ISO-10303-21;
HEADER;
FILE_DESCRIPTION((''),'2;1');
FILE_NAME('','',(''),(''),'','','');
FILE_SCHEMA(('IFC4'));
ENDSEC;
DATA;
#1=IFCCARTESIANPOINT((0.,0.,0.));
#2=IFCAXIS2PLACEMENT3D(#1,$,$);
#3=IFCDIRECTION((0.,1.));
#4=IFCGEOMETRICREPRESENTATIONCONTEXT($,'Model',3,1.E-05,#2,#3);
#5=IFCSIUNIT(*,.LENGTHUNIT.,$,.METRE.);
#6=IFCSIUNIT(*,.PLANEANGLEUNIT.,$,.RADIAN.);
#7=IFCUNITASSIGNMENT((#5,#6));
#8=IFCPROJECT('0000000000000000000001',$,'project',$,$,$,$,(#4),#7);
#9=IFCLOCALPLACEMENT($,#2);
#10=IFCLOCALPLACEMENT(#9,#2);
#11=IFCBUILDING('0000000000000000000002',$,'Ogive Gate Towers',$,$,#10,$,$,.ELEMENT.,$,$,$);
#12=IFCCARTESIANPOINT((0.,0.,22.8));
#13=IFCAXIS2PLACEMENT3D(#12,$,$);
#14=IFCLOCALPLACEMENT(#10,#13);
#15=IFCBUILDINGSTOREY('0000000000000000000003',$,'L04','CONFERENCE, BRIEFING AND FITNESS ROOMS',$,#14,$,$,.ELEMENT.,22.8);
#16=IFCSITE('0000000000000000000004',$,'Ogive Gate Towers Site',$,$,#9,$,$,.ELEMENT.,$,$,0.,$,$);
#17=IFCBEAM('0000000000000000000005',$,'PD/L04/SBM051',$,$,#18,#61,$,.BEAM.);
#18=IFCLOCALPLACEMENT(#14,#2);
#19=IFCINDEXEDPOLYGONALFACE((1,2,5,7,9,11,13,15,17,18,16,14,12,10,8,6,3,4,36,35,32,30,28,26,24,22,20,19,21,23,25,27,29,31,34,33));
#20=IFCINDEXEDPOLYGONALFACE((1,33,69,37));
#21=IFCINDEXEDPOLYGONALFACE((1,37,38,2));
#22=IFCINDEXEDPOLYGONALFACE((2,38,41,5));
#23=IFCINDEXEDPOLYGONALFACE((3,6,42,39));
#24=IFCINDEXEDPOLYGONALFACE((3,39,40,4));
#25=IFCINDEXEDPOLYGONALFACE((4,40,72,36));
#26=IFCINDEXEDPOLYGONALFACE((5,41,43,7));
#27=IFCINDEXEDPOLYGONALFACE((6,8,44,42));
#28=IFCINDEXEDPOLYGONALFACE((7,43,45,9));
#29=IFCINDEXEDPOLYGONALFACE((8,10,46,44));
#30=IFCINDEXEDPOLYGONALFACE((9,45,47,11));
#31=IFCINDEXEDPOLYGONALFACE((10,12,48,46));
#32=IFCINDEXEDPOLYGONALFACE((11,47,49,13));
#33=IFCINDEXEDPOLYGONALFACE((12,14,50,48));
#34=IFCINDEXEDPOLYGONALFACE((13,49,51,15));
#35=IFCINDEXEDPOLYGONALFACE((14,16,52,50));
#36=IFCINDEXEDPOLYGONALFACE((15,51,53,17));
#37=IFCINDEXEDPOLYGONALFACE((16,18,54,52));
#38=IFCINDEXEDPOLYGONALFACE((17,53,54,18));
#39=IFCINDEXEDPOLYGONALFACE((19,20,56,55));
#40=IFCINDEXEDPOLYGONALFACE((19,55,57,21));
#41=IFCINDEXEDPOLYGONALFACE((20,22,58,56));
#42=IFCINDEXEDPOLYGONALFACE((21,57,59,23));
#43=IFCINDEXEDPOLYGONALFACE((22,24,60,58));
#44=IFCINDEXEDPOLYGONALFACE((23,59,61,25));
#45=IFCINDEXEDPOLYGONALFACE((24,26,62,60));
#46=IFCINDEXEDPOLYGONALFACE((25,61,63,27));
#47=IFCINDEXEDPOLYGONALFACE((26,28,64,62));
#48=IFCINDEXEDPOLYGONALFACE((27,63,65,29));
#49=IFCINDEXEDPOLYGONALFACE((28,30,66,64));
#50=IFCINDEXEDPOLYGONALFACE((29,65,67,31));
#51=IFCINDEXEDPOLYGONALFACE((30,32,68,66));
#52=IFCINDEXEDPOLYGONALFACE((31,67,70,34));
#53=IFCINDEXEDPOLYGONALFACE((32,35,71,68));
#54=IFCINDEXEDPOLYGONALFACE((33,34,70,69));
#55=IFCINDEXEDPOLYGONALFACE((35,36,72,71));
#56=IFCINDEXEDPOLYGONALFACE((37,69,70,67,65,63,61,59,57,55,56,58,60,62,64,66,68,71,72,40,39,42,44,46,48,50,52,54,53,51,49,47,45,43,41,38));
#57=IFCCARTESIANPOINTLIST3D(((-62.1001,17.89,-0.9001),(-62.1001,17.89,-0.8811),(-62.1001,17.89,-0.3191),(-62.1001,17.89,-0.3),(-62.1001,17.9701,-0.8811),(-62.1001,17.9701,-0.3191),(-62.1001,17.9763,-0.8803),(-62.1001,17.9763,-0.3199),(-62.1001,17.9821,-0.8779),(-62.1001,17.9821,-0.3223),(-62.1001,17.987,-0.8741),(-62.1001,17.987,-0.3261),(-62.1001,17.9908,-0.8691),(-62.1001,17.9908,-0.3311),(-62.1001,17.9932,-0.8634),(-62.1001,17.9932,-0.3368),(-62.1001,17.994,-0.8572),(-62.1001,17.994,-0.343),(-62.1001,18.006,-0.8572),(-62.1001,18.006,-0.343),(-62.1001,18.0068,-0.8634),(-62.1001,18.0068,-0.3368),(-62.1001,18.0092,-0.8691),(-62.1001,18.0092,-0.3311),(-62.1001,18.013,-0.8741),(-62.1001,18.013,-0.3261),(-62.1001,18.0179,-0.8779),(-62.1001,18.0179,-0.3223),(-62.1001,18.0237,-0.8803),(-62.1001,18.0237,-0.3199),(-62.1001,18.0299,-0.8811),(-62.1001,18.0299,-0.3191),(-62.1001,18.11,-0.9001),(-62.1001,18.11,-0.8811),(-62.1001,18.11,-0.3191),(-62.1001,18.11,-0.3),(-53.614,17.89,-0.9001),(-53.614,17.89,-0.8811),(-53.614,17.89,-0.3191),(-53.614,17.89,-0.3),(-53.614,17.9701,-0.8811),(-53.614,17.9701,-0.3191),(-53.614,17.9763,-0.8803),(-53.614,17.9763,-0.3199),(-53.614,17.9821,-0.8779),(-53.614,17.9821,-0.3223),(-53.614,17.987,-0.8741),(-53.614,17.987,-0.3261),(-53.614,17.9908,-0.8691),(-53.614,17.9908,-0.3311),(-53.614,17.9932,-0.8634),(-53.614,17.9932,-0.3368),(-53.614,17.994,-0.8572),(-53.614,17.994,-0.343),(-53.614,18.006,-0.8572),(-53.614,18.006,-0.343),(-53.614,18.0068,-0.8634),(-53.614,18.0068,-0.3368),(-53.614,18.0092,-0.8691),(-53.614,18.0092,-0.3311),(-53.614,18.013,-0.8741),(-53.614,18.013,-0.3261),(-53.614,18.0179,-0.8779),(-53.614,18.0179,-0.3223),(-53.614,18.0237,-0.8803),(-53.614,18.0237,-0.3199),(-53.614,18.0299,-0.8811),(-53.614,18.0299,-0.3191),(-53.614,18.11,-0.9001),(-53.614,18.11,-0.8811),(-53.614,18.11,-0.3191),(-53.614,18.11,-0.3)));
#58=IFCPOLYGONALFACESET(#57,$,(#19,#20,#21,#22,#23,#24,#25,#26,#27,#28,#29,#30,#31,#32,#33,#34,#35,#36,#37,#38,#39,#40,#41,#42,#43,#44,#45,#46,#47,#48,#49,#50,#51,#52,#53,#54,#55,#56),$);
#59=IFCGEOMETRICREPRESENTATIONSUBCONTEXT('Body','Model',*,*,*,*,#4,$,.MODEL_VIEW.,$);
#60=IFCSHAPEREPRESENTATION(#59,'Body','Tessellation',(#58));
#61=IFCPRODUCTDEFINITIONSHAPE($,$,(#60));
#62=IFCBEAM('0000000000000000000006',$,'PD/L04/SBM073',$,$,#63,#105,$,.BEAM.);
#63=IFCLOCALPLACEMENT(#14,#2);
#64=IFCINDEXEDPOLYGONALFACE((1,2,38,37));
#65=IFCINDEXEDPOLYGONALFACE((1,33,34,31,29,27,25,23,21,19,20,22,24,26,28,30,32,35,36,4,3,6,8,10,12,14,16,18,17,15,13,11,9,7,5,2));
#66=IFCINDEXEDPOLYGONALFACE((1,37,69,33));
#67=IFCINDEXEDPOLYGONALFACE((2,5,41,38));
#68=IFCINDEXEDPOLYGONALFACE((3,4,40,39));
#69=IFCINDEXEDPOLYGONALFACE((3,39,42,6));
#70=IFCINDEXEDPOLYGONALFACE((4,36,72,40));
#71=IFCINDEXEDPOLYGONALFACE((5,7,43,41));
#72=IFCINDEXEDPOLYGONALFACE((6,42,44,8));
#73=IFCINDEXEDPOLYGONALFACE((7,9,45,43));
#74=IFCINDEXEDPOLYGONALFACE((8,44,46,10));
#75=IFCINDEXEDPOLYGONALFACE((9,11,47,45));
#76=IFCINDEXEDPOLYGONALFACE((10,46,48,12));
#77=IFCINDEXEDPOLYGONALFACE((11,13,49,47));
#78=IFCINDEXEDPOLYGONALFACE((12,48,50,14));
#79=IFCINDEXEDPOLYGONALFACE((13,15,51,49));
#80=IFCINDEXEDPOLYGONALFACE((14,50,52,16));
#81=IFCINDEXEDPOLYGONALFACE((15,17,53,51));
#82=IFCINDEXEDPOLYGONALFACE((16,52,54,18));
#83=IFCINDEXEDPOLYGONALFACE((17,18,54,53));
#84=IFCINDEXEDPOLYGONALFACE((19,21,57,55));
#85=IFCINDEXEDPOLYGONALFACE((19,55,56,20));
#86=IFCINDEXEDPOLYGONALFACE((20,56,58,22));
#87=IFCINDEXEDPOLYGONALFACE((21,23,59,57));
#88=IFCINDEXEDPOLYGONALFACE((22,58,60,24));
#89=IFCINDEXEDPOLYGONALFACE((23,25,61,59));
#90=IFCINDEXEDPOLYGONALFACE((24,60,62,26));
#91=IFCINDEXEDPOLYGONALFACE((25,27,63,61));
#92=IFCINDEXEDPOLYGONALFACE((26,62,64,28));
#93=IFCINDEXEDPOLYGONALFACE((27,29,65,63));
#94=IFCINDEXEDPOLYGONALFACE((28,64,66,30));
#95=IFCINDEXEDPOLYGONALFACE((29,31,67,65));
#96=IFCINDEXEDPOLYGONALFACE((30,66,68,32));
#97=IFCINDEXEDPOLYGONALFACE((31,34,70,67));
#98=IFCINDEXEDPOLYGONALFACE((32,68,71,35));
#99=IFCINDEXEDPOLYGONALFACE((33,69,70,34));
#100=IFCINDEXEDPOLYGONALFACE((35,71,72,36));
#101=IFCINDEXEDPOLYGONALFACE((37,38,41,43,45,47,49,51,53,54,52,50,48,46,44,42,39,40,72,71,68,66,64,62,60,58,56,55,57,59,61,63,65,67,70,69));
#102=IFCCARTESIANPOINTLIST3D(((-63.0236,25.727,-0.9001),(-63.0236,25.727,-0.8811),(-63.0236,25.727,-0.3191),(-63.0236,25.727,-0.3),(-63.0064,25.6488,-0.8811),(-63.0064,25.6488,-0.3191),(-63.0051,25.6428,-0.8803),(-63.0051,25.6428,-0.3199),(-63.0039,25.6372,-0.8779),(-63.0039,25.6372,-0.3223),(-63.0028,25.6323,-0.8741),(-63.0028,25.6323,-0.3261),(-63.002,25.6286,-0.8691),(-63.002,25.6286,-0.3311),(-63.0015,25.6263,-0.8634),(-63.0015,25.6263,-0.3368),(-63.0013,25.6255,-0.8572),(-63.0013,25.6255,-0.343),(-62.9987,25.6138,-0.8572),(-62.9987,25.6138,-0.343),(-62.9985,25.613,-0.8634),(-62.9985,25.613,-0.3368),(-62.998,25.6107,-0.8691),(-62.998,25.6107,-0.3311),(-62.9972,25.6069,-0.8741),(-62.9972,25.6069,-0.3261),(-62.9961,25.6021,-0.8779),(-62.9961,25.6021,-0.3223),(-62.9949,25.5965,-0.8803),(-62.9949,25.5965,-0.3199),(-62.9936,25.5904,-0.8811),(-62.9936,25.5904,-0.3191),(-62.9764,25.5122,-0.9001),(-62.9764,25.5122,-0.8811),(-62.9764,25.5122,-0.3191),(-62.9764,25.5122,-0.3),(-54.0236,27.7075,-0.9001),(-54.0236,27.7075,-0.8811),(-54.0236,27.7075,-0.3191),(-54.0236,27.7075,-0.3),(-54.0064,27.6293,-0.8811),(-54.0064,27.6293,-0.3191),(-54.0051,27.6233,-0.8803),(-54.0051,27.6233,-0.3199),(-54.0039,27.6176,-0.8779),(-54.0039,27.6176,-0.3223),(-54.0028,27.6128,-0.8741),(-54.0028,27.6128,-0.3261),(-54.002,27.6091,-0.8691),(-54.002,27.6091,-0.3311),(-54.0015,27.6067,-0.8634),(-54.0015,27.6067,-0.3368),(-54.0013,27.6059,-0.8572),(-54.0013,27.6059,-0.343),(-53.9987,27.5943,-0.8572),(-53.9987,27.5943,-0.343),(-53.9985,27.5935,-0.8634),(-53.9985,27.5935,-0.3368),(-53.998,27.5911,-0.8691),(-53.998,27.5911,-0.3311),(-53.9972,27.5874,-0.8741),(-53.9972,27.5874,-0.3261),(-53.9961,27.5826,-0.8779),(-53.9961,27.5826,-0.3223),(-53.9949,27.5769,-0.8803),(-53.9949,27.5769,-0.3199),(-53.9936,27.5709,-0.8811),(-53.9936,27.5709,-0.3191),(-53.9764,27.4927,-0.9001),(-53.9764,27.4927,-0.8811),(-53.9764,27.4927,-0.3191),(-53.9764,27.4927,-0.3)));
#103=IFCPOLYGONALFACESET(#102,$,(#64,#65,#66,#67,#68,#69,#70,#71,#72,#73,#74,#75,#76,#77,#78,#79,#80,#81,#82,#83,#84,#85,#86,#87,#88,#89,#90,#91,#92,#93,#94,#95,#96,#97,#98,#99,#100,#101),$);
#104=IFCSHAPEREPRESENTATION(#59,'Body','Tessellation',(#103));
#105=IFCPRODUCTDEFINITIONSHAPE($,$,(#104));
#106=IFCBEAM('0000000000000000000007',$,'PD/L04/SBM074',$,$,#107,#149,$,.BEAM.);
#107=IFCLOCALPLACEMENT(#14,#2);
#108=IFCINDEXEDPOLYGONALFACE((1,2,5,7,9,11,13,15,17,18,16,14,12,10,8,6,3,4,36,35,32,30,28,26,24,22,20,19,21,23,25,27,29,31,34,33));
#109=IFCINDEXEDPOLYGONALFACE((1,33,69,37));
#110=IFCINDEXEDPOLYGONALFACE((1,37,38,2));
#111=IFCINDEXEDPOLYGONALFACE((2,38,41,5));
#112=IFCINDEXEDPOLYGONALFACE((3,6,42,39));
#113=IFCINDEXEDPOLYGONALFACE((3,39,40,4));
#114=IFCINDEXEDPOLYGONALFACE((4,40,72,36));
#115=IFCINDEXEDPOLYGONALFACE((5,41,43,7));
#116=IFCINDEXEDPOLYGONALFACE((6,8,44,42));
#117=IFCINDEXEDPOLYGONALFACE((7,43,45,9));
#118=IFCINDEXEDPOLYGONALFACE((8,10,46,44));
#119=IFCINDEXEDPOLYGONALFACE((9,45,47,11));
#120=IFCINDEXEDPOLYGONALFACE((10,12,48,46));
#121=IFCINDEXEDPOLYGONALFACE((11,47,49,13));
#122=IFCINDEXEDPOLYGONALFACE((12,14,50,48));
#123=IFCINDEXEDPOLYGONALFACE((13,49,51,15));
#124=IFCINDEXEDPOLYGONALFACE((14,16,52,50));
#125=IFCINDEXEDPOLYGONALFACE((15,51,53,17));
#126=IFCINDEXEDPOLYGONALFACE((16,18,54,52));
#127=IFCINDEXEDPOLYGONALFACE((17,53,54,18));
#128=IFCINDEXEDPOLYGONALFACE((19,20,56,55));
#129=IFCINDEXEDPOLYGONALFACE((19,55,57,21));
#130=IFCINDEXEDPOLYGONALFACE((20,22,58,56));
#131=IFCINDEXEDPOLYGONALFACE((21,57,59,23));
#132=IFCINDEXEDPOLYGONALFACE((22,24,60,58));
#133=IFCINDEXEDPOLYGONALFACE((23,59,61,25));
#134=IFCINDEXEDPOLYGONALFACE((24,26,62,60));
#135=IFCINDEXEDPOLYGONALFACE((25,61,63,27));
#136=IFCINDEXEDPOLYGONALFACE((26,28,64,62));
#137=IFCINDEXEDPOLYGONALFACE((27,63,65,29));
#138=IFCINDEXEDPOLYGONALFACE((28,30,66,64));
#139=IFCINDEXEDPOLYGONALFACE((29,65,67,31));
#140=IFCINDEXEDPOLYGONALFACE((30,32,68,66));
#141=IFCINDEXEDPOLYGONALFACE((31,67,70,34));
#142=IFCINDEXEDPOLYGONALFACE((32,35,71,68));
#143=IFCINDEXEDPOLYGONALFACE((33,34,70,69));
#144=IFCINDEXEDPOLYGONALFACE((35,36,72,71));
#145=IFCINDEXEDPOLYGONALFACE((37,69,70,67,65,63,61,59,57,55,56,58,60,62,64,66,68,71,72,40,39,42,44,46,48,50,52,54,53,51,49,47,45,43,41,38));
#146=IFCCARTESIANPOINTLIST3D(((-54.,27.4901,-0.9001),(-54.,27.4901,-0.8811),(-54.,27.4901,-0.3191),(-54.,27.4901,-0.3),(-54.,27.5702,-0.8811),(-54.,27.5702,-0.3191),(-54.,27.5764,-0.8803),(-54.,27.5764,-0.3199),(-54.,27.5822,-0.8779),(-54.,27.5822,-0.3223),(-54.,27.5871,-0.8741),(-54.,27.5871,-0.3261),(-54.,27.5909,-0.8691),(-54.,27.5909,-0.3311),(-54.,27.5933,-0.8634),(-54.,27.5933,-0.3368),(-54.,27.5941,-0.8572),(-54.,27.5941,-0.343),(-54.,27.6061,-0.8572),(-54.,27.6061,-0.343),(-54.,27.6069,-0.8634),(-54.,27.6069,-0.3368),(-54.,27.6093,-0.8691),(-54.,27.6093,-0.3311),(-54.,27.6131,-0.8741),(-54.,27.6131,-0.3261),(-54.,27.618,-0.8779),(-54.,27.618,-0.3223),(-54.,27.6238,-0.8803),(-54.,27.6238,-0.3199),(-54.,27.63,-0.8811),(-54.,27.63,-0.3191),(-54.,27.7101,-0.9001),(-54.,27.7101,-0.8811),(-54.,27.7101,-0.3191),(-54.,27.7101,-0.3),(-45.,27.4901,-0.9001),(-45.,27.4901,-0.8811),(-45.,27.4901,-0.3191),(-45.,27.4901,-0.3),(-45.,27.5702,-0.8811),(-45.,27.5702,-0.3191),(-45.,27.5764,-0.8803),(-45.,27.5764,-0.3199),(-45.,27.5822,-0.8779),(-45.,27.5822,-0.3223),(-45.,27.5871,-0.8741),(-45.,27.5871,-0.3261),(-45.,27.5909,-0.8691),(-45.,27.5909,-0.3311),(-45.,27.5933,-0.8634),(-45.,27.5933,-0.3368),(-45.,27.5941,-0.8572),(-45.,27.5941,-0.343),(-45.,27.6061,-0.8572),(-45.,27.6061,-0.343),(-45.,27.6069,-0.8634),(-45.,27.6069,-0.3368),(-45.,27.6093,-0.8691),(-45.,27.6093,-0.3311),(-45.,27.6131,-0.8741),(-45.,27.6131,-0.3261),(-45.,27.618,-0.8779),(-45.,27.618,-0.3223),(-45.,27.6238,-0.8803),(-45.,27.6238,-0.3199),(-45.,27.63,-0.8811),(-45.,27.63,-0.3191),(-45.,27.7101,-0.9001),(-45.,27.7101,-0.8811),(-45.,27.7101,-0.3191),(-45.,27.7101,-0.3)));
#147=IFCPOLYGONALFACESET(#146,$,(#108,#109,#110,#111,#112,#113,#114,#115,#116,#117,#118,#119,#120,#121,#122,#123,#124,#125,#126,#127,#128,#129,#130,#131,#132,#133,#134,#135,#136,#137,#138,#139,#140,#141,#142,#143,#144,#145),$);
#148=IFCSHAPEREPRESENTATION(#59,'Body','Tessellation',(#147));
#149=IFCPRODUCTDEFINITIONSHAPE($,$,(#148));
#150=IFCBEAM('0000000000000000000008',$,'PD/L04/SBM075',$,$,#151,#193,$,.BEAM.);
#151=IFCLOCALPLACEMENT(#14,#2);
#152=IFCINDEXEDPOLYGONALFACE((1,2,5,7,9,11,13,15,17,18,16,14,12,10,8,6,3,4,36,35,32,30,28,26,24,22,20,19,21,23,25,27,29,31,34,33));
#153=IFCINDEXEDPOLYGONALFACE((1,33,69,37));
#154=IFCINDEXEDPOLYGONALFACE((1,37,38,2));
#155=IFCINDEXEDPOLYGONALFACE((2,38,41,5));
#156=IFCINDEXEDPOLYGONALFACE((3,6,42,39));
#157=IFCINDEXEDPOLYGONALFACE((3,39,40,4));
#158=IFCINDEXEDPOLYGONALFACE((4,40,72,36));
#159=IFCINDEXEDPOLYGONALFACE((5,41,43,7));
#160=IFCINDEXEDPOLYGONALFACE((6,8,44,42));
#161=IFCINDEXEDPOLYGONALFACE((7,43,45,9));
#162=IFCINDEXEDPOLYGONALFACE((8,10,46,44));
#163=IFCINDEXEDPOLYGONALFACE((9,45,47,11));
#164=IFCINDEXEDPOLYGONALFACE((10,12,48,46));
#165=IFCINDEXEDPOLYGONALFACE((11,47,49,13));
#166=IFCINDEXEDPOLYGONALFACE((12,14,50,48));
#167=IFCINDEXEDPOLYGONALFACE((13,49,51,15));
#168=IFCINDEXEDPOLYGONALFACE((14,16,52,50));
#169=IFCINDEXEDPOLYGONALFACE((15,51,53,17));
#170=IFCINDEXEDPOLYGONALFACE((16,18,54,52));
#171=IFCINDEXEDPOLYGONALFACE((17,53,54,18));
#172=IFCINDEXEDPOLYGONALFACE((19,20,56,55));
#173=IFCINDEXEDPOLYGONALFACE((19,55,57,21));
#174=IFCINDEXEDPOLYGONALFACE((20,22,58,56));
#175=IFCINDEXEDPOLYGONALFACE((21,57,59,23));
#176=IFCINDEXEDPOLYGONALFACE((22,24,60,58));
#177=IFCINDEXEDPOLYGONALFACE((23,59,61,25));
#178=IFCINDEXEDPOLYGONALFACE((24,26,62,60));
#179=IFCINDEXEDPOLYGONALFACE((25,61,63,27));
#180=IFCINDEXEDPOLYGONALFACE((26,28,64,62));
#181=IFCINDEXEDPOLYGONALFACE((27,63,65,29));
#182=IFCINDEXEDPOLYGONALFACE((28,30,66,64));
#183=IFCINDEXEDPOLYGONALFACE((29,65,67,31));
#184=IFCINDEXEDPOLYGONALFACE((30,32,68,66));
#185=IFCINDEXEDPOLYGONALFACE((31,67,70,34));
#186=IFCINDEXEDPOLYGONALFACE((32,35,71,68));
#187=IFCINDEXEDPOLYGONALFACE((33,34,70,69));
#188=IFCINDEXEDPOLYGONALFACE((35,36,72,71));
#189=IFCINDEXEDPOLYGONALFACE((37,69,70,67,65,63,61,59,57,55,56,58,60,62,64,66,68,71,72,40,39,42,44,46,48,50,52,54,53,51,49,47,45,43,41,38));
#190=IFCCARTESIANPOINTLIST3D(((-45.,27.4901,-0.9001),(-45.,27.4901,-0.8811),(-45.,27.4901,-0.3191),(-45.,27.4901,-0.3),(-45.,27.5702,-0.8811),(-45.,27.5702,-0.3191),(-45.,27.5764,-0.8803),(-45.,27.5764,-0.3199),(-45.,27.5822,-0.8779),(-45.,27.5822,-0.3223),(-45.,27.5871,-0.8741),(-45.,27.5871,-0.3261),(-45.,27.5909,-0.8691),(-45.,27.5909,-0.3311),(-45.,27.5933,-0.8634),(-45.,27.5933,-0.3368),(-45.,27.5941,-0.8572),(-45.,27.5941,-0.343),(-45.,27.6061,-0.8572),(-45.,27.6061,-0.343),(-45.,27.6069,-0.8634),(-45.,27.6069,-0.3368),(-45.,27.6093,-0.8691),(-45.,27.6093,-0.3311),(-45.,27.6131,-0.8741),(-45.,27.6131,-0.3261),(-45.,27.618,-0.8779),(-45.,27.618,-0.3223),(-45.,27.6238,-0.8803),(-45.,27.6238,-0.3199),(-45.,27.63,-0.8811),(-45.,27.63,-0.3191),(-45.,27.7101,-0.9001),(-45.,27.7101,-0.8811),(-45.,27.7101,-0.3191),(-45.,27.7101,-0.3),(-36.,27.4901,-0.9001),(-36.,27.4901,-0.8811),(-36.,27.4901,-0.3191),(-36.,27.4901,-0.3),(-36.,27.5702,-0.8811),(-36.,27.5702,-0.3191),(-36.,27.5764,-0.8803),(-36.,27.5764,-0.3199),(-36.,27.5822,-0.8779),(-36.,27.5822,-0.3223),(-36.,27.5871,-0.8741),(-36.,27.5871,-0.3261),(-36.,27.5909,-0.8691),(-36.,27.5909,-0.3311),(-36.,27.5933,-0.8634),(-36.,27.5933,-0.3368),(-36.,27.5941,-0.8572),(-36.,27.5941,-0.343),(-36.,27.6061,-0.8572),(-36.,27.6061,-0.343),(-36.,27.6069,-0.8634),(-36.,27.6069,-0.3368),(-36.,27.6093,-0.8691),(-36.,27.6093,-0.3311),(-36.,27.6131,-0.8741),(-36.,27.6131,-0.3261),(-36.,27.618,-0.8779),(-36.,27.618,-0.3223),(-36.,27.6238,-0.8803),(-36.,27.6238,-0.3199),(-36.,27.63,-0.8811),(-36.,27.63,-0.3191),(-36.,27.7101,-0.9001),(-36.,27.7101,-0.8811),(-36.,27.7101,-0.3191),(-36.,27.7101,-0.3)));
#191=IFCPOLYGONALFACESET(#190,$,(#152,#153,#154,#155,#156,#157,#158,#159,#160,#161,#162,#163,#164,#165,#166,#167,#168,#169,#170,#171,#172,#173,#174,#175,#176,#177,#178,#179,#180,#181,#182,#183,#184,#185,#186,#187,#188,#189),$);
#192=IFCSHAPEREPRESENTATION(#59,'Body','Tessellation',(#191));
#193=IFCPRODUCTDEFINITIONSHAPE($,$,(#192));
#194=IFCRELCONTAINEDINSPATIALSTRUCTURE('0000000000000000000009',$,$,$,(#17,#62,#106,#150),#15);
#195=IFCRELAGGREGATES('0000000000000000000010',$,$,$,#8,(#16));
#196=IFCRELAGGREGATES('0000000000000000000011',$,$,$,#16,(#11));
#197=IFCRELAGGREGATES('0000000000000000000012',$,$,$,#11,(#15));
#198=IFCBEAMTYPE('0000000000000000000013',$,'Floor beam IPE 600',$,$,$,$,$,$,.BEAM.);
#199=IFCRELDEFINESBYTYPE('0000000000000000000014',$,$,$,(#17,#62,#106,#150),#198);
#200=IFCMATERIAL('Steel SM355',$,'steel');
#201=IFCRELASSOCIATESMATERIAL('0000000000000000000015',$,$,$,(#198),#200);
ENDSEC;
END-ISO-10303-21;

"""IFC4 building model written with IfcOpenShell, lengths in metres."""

from ifc_helpers import new_model, si_unit, direction, frame, origin, origin_2d, place, context, subcontext, project, spatial, i_section, extrude, material, material_profile, profile_set, type_object, element, save


model = new_model("IFC4")

# Units and contexts
model_context = context("Model", 3, precision=1e-05, world=origin(), true_north=direction((0.0, 1.0)))
body_context = subcontext(model_context, "Body", "Model", "MODEL_VIEW")
ifc_project = project(units=[si_unit("LENGTHUNIT", "METRE"), si_unit("PLANEANGLEUNIT", "RADIAN")], contexts=[model_context])

# Site, building, storey
site_placement = place(None, origin())
site = spatial("IfcSite", under=ifc_project, at=site_placement, Name="Ogive Gate Towers Site", CompositionType="ELEMENT", RefElevation=0.0)
building_placement = place(site_placement, origin())
building = spatial("IfcBuilding", under=site, at=building_placement, Name="Ogive Gate Towers", CompositionType="ELEMENT")
storey_placement = place(building_placement, frame((0.0, 0.0, 22.8)))
storey = spatial("IfcBuildingStorey", under=building, at=storey_placement, Name="L04", Description="CONFERENCE, BRIEFING AND FITNESS ROOMS", CompositionType="ELEMENT", Elevation=22.8)

# Beams
ifc_material_1 = material(Name="Steel SM355", Category="steel")
ifc_material_profile_1 = material_profile(ifc_material_1, i_section(OverallWidth=0.22, OverallDepth=0.6001, WebThickness=0.012, FlangeThickness=0.019, FilletRadius=0.0239, at=origin_2d()), Name="IPE 600")
ifc_profile_set_1 = profile_set([ifc_material_profile_1], Name="Steel SM355")
beam_type_1 = type_object("IfcBeamType", Name="Floor beam IPE 600", PredefinedType="BEAM", material=ifc_profile_set_1)
for number, where, z_axis, x_axis, name in (
    (1, (-62.1001, 18.0, -0.6001), (1.0, 0.0, 0.0), (0.0, 1.0, 0.0), "PD/L04/SBM051"),
):
    element("IfcBeam", number, at=place(storey_placement, frame(where, z_axis=z_axis, x_axis=x_axis)), inside=storey, type_object=beam_type_1, Name=name, PredefinedType="BEAM", context=body_context, shape_type="SweptSolid", body=[
        extrude(i_section(OverallWidth=0.22, OverallDepth=0.6001, WebThickness=0.012, FlangeThickness=0.019, FilletRadius=0.0239, at=origin_2d()), origin(), (0.0, 0.0, 1.0), 8.4861),
    ])
beam_1_placement = place(storey_placement, frame((-63.0, 25.6196, -0.6001), z_axis=(0.976634, 0.21491, 0.0), x_axis=(-0.21491, 0.976634, 0.0)))
element("IfcBeam", 2, at=beam_1_placement, inside=storey, type_object=beam_type_1, Name="PD/L04/SBM073", PredefinedType="BEAM", context=body_context, shape_type="SweptSolid", body=[
    extrude(i_section(OverallWidth=0.22, OverallDepth=0.6001, WebThickness=0.012, FlangeThickness=0.019, FilletRadius=0.0239, at=origin_2d()), origin(), (0.0, 0.0, 1.0), 9.2153),
])
for number, where, z_axis, x_axis, name in (
    (3, (-54.0, 27.6001, -0.6001), (1.0, 0.0, 0.0), (0.0, 1.0, 0.0), "PD/L04/SBM074"),
    (4, (-45.0, 27.6001, -0.6001), (1.0, 0.0, 0.0), (0.0, 1.0, 0.0), "PD/L04/SBM075"),
):
    element("IfcBeam", number, at=place(storey_placement, frame(where, z_axis=z_axis, x_axis=x_axis)), inside=storey, type_object=beam_type_1, Name=name, PredefinedType="BEAM", context=body_context, shape_type="SweptSolid", body=[
        extrude(i_section(OverallWidth=0.22, OverallDepth=0.6001, WebThickness=0.012, FlangeThickness=0.019, FilletRadius=0.0239, at=origin_2d()), origin(), (0.0, 0.0, 1.0), 9.0),
    ])

save(model, "model.ifc")
